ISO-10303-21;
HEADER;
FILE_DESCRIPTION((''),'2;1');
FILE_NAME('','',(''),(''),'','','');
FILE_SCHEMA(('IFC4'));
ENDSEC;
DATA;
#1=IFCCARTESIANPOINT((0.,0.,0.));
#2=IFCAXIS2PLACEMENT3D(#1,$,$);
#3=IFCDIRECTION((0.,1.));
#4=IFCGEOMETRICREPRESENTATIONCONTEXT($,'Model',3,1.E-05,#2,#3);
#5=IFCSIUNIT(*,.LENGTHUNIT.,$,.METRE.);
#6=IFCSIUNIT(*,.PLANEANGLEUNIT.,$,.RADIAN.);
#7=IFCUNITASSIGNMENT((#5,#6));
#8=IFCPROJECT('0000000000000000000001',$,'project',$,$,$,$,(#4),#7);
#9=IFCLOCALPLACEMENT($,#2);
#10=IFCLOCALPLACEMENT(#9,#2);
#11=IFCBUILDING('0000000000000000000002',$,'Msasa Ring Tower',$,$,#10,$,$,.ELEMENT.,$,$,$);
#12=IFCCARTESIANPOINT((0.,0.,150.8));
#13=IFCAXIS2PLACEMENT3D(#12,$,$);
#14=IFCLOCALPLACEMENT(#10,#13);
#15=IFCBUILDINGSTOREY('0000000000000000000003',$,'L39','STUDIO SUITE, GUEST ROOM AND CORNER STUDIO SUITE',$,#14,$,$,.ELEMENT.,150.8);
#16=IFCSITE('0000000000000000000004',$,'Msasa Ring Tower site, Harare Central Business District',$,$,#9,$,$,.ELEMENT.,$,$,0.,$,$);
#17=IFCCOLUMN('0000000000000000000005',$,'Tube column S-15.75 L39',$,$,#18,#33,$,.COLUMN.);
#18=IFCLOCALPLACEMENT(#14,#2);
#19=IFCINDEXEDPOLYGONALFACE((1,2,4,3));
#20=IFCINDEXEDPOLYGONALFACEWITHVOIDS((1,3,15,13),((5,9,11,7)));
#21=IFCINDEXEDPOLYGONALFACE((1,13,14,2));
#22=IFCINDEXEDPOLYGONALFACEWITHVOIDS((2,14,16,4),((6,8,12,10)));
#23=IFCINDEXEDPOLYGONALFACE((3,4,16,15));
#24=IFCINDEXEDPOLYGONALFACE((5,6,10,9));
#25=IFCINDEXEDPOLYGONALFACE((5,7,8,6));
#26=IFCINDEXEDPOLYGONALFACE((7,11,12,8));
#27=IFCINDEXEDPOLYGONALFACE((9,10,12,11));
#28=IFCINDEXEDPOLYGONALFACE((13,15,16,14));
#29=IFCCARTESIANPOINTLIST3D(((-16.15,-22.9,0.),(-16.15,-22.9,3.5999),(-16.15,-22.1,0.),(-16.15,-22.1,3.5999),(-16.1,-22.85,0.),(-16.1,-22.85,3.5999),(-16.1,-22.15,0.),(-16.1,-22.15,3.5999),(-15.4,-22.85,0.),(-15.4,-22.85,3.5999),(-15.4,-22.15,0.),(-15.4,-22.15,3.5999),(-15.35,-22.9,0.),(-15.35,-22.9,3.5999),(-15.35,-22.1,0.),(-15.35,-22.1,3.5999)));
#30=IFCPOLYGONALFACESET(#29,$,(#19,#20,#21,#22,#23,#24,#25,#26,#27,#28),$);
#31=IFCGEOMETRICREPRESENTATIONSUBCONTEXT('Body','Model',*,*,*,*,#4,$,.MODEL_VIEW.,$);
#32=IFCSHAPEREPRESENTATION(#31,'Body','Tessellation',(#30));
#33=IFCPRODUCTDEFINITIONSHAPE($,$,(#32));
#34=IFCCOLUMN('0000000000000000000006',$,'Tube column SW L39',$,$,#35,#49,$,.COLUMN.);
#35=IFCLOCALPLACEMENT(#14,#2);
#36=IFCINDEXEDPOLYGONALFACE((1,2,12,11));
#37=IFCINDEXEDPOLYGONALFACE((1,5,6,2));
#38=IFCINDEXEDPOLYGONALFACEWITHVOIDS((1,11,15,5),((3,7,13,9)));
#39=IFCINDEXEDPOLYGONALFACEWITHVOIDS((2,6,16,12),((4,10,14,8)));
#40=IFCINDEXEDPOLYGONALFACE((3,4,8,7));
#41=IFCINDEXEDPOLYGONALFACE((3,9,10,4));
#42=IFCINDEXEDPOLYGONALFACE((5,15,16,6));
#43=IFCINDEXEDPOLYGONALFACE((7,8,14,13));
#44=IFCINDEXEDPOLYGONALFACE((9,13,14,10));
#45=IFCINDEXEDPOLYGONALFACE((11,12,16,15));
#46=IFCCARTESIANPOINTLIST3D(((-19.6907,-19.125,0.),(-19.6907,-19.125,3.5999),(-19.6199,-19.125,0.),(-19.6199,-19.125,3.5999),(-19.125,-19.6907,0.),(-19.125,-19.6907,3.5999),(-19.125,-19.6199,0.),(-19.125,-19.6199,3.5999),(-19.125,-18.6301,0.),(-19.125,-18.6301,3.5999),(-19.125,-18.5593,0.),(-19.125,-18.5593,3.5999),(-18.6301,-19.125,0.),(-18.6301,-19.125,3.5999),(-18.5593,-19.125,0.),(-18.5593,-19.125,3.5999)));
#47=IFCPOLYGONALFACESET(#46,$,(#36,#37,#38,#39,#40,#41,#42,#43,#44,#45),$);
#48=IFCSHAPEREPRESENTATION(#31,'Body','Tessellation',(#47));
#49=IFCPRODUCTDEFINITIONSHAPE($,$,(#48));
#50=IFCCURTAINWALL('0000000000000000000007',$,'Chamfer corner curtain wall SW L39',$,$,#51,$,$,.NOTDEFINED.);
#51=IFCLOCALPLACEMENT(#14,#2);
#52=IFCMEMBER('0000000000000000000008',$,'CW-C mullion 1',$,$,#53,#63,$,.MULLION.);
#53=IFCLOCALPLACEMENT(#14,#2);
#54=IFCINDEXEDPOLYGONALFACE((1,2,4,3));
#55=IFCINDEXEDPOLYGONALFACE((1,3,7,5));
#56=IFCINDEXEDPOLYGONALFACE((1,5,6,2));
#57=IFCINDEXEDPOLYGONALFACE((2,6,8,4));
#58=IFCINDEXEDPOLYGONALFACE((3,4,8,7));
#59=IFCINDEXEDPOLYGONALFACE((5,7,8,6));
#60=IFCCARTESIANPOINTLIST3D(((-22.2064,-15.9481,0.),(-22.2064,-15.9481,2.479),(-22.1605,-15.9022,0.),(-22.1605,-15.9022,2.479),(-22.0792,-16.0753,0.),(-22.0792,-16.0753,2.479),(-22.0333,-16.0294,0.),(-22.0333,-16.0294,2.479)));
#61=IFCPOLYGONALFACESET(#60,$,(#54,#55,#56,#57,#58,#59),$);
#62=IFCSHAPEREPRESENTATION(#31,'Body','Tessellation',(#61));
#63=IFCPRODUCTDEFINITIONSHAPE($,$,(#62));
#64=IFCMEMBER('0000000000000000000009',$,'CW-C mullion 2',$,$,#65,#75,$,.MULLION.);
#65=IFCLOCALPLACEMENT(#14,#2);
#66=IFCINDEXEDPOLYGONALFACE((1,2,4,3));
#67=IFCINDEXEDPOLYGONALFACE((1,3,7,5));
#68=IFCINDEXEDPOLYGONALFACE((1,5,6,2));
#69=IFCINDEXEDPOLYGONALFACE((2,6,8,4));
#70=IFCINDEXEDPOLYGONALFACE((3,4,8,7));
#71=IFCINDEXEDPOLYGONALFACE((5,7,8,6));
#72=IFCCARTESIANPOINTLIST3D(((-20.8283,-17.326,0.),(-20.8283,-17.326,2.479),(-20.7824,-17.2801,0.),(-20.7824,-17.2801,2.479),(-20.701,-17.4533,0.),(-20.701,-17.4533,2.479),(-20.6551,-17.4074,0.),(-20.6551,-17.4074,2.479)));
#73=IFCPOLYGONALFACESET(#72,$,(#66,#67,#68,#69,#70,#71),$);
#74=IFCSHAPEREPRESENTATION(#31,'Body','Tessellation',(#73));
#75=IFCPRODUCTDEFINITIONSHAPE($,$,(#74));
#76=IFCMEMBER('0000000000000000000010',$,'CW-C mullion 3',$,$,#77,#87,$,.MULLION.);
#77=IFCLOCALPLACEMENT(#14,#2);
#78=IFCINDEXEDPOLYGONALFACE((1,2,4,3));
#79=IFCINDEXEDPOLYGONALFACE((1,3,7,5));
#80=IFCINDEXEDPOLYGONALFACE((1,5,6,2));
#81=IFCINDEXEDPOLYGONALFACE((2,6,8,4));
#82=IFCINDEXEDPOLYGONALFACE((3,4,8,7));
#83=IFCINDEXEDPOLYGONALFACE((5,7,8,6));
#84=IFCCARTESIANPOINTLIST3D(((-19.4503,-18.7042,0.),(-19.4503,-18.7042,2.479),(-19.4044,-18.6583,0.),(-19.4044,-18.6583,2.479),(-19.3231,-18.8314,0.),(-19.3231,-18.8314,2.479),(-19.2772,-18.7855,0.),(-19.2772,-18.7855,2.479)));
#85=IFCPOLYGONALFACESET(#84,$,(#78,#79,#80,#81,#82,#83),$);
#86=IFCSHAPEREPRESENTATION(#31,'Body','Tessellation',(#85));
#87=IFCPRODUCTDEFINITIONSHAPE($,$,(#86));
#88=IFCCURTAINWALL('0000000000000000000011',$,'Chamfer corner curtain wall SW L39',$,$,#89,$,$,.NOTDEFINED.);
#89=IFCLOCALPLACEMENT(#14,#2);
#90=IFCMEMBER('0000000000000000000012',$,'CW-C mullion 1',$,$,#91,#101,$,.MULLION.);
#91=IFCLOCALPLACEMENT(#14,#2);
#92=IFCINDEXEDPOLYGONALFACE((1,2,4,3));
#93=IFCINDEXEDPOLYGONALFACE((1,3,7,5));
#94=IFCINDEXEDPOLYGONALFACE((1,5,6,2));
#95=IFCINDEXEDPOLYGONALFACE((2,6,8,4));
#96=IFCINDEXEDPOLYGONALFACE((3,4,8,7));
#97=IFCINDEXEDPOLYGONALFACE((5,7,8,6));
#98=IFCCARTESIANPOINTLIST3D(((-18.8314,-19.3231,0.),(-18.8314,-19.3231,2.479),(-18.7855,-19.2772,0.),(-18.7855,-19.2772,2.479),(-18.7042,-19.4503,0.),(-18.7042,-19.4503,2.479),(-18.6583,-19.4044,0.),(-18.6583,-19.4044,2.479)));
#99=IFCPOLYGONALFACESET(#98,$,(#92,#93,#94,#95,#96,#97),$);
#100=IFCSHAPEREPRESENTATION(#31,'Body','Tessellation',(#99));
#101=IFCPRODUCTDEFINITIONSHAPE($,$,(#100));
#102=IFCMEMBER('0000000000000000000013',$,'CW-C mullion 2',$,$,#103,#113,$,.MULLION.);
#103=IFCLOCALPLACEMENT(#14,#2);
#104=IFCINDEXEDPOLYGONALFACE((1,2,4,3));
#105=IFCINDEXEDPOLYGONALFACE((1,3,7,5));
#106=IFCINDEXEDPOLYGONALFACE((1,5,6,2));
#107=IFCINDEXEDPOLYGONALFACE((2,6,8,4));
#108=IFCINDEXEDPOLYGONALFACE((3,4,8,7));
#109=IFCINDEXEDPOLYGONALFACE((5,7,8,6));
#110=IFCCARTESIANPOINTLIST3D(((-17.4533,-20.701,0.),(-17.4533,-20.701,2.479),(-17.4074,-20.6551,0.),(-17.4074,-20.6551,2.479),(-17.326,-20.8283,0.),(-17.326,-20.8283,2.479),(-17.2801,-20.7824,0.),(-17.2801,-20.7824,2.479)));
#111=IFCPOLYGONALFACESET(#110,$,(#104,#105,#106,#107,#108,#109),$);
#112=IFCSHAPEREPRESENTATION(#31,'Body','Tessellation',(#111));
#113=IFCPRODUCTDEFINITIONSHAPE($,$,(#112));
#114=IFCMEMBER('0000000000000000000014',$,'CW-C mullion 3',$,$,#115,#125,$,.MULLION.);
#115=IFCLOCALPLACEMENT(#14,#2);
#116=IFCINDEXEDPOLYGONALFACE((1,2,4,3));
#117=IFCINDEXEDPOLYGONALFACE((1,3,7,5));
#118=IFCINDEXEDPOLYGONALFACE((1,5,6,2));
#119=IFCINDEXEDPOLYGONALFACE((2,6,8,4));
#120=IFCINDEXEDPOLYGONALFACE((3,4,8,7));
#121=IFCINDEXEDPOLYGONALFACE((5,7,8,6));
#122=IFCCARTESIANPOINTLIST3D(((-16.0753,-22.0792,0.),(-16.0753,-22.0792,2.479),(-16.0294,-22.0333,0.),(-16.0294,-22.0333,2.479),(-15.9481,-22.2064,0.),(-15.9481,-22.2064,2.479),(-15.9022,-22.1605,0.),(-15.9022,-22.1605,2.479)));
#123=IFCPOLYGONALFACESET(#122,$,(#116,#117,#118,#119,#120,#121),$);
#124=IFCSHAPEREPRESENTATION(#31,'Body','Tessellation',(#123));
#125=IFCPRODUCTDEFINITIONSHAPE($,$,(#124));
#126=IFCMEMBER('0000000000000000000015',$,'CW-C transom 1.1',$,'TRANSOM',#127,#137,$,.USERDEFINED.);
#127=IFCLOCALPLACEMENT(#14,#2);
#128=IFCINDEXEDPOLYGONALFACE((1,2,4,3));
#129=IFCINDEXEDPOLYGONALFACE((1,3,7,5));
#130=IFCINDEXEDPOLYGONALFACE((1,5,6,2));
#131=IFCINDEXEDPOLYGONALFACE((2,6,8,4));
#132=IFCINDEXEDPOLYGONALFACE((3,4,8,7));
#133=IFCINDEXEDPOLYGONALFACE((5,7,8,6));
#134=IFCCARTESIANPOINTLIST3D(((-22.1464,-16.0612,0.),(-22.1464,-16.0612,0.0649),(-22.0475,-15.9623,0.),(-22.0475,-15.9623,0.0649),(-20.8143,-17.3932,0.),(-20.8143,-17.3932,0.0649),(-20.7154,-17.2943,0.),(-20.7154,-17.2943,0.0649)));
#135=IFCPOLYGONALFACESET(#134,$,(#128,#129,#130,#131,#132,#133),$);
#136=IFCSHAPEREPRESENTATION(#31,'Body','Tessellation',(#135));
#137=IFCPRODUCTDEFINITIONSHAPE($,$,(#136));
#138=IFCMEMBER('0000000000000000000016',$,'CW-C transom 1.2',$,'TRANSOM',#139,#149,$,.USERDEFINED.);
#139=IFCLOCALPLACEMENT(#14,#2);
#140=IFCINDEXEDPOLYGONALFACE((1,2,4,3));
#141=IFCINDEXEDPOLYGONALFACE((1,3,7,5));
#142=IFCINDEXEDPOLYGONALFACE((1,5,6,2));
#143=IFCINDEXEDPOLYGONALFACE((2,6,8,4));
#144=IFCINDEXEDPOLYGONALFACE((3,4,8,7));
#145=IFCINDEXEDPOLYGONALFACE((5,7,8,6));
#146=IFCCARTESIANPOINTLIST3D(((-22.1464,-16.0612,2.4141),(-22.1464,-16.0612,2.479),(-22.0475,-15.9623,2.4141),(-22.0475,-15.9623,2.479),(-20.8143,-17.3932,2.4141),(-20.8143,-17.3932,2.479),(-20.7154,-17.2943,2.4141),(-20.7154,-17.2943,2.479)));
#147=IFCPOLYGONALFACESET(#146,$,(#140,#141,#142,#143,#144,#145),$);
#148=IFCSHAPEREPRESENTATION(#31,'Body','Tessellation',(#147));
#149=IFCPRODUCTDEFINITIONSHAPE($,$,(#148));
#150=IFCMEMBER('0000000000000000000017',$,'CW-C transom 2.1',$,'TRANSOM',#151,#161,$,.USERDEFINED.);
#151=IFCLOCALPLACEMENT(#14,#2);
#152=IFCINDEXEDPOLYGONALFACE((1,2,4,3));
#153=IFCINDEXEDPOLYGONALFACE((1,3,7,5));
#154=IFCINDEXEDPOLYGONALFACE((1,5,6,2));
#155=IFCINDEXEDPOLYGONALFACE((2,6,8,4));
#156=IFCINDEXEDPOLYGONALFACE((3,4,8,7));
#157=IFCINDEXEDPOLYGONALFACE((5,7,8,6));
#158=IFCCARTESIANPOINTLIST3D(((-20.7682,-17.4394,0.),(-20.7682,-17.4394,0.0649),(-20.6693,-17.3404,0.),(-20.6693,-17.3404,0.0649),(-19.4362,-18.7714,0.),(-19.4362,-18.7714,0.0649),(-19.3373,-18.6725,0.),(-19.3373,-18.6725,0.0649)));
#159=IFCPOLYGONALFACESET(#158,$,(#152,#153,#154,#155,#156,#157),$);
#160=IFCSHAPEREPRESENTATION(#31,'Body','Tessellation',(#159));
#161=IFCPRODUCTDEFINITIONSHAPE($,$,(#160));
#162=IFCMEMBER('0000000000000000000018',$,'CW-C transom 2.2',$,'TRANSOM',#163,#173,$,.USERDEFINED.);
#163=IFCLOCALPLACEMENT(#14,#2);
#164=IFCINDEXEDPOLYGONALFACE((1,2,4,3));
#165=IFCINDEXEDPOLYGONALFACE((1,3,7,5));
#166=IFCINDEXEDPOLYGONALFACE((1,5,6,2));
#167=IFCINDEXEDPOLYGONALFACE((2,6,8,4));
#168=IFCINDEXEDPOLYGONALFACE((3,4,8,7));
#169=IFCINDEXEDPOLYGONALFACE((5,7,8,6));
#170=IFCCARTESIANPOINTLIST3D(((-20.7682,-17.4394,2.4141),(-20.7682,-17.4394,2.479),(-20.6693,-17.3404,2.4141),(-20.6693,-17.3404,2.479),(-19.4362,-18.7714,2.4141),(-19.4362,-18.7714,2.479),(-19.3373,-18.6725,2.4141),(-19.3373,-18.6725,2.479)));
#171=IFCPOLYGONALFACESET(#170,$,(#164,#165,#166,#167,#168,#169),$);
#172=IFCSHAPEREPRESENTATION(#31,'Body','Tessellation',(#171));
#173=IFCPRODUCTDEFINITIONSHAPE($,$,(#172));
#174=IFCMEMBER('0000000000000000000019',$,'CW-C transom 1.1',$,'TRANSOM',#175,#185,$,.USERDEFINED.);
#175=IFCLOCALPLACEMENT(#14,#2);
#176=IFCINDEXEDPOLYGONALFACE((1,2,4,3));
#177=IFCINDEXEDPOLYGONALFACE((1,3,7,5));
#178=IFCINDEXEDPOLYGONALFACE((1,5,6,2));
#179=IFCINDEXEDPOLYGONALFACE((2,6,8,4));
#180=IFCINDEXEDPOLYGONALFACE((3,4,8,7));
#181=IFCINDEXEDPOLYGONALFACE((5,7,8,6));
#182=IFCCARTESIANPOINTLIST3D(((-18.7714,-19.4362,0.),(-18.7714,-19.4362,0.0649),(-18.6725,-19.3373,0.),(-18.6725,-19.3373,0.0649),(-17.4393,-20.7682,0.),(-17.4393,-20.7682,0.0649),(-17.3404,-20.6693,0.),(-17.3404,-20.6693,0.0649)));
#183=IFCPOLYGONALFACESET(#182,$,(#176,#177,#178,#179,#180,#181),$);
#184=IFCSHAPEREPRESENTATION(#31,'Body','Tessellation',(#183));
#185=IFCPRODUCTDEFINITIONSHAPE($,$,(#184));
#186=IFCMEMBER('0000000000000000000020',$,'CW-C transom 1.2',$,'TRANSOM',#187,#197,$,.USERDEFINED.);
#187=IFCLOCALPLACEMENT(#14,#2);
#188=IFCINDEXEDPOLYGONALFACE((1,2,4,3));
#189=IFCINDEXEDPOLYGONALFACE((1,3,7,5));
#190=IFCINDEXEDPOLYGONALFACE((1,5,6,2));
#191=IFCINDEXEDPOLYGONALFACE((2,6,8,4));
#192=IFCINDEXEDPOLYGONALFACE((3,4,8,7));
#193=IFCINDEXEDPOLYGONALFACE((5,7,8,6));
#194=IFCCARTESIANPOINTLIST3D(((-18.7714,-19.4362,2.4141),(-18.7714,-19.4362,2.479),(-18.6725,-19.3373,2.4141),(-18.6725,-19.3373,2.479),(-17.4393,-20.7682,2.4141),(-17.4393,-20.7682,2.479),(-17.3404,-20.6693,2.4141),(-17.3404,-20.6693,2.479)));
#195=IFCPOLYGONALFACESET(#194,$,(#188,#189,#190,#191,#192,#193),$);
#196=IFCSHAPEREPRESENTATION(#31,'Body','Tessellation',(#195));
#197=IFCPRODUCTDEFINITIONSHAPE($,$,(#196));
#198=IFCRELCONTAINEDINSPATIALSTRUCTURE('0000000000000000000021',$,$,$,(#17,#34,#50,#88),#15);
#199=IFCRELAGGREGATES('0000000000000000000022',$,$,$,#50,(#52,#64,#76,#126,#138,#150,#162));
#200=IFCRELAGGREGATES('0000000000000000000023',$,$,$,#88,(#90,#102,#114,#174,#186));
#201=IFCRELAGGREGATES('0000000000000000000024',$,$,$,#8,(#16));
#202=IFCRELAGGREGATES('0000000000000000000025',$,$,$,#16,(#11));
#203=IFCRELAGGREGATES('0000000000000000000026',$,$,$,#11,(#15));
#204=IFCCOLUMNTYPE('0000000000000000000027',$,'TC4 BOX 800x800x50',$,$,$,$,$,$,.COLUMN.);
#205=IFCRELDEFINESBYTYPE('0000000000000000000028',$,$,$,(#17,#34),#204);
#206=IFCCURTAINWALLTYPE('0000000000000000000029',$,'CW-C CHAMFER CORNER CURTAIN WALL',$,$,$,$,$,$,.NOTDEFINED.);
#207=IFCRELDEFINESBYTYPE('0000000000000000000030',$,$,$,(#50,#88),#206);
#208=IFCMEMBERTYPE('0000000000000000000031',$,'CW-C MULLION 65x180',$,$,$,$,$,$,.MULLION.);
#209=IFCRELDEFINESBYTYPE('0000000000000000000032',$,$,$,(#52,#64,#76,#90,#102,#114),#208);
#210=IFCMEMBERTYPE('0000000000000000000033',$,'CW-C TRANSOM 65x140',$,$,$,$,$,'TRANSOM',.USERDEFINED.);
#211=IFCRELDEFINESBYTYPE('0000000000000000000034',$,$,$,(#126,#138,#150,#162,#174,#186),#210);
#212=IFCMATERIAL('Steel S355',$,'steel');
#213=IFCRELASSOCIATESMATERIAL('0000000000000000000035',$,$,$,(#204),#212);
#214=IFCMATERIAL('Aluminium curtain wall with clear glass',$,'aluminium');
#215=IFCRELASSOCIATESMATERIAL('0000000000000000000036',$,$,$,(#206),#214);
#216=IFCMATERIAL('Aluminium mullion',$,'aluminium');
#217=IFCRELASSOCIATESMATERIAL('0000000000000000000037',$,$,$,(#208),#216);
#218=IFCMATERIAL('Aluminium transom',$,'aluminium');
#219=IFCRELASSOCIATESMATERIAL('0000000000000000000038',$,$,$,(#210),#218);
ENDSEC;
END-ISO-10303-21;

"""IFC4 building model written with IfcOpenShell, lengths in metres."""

from ifc_helpers import new_model, si_unit, direction, frame, origin, origin_2d, place, context, subcontext, project, spatial, rectangle, hollow_rectangle, extrude, material, material_profile, profile_set, type_object, element, aggregate, save


model = new_model("IFC4")

# Units and contexts
model_context = context("Model", 3, precision=1e-05, world=origin(), true_north=direction((0.0, 1.0)))
body_context = subcontext(model_context, "Body", "Model", "MODEL_VIEW")
ifc_project = project(units=[si_unit("LENGTHUNIT", "METRE"), si_unit("PLANEANGLEUNIT", "RADIAN")], contexts=[model_context])

# Site, building, storey
site_placement = place(None, origin())
site = spatial("IfcSite", under=ifc_project, at=site_placement, Name="Msasa Ring Tower site, Harare Central Business District", CompositionType="ELEMENT", RefElevation=0.0)
building_placement = place(site_placement, origin())
building = spatial("IfcBuilding", under=site, at=building_placement, Name="Msasa Ring Tower", CompositionType="ELEMENT")
storey_placement = place(building_placement, frame((0.0, 0.0, 150.8)))
storey = spatial("IfcBuildingStorey", under=building, at=storey_placement, Name="L39", Description="STUDIO SUITE, GUEST ROOM AND CORNER STUDIO SUITE", CompositionType="ELEMENT", Elevation=150.8)

# Columns
ifc_material_1 = material(Name="Steel S355", Category="steel")
ifc_material_profile_1 = material_profile(ifc_material_1, hollow_rectangle(XDim=0.8, YDim=0.8, WallThickness=0.05, at=origin_2d()), Name="BOX 800x800x50")
ifc_profile_set_1 = profile_set([ifc_material_profile_1], Name="Steel S355")
column_type = type_object("IfcColumnType", Name="TC4 BOX 800x800x50", PredefinedType="COLUMN", material=ifc_profile_set_1)
for number, where, z_axis, x_axis, name in (
    (1, (-15.75, -22.5, 0.0), (0.0, 0.0, 1.0), (0.0, 1.0, 0.0), "Tube column S-15.75 L39"),
    (2, (-19.125, -19.125, 0.0), (0.0, 0.0, 1.0), (0.707107, 0.707107, 0.0), "Tube column SW L39"),
):
    element("IfcColumn", number, at=place(storey_placement, frame(where, z_axis=z_axis, x_axis=x_axis)), inside=storey, type_object=column_type, Name=name, PredefinedType="COLUMN", context=body_context, shape_type="SweptSolid", body=[
        extrude(hollow_rectangle(XDim=0.8, YDim=0.8, WallThickness=0.05, at=origin_2d()), origin(), (0.0, 0.0, 1.0), 3.5999),
    ])

# Curtain walls, members
ifc_material_2 = material(Name="Aluminium curtain wall with clear glass", Category="aluminium")
curtain_wall_type = type_object("IfcCurtainWallType", Name="CW-C CHAMFER CORNER CURTAIN WALL", PredefinedType="NOTDEFINED", material=ifc_material_2)
curtain_wall_1_placement = place(storey_placement, origin())
curtain_wall_1 = element("IfcCurtainWall", 3, at=curtain_wall_1_placement, inside=storey, type_object=curtain_wall_type, Name="Chamfer corner curtain wall SW L39", PredefinedType="NOTDEFINED")
ifc_material_3 = material(Name="Aluminium mullion", Category="aluminium")
ifc_material_profile_2 = material_profile(ifc_material_3, rectangle(XDim=0.0649, YDim=0.1799, at=origin_2d()), Name="AL 65x180")
ifc_profile_set_2 = profile_set([ifc_material_profile_2], Name="Aluminium mullion")
member_type_1 = type_object("IfcMemberType", Name="CW-C MULLION 65x180", PredefinedType="MULLION", material=ifc_profile_set_2)
member_1_placement = place(storey_placement, frame((-22.1199, -15.9888, 0.0), z_axis=(0.0, 0.0, 1.0), x_axis=(0.707107, 0.707107, 0.0)))
member_1 = element("IfcMember", 4, at=member_1_placement, type_object=member_type_1, Name="CW-C mullion 1", PredefinedType="MULLION", context=body_context, shape_type="SweptSolid", body=[
    extrude(rectangle(XDim=0.0649, YDim=0.1799, at=origin_2d()), origin(), (0.0, 0.0, 1.0), 2.479),
])
member_2_placement = place(storey_placement, frame((-20.7417, -17.3667, 0.0), z_axis=(0.0, 0.0, 1.0), x_axis=(0.707107, 0.707107, 0.0)))
member_2 = element("IfcMember", 5, at=member_2_placement, type_object=member_type_1, Name="CW-C mullion 2", PredefinedType="MULLION", context=body_context, shape_type="SweptSolid", body=[
    extrude(rectangle(XDim=0.0649, YDim=0.1799, at=origin_2d()), origin(), (0.0, 0.0, 1.0), 2.479),
])
member_3_placement = place(storey_placement, frame((-19.3638, -18.7449, 0.0), z_axis=(0.0, 0.0, 1.0), x_axis=(0.707107, 0.707107, 0.0)))
member_3 = element("IfcMember", 6, at=member_3_placement, type_object=member_type_1, Name="CW-C mullion 3", PredefinedType="MULLION", context=body_context, shape_type="SweptSolid", body=[
    extrude(rectangle(XDim=0.0649, YDim=0.1799, at=origin_2d()), origin(), (0.0, 0.0, 1.0), 2.479),
])
curtain_wall_2_placement = place(storey_placement, origin())
curtain_wall_2 = element("IfcCurtainWall", 7, at=curtain_wall_2_placement, inside=storey, type_object=curtain_wall_type, Name="Chamfer corner curtain wall SW L39", PredefinedType="NOTDEFINED")
member_4_placement = place(storey_placement, frame((-18.7449, -19.3638, 0.0), z_axis=(0.0, 0.0, 1.0), x_axis=(0.707107, 0.707107, 0.0)))
member_4 = element("IfcMember", 8, at=member_4_placement, type_object=member_type_1, Name="CW-C mullion 1", PredefinedType="MULLION", context=body_context, shape_type="SweptSolid", body=[
    extrude(rectangle(XDim=0.0649, YDim=0.1799, at=origin_2d()), origin(), (0.0, 0.0, 1.0), 2.479),
])
member_5_placement = place(storey_placement, frame((-17.3667, -20.7417, 0.0), z_axis=(0.0, 0.0, 1.0), x_axis=(0.707107, 0.707107, 0.0)))
member_5 = element("IfcMember", 9, at=member_5_placement, type_object=member_type_1, Name="CW-C mullion 2", PredefinedType="MULLION", context=body_context, shape_type="SweptSolid", body=[
    extrude(rectangle(XDim=0.0649, YDim=0.1799, at=origin_2d()), origin(), (0.0, 0.0, 1.0), 2.479),
])
member_6_placement = place(storey_placement, frame((-15.9888, -22.1199, 0.0), z_axis=(0.0, 0.0, 1.0), x_axis=(0.707107, 0.707107, 0.0)))
member_6 = element("IfcMember", 10, at=member_6_placement, type_object=member_type_1, Name="CW-C mullion 3", PredefinedType="MULLION", context=body_context, shape_type="SweptSolid", body=[
    extrude(rectangle(XDim=0.0649, YDim=0.1799, at=origin_2d()), origin(), (0.0, 0.0, 1.0), 2.479),
])

# Members
ifc_material_4 = material(Name="Aluminium transom", Category="aluminium")
ifc_material_profile_3 = material_profile(ifc_material_4, rectangle(XDim=0.1399, YDim=0.0649, at=origin_2d()), Name="AL 65x140")
ifc_profile_set_3 = profile_set([ifc_material_profile_3], Name="Aluminium transom")
member_type_2 = type_object("IfcMemberType", Name="CW-C TRANSOM 65x140", ElementType="TRANSOM", PredefinedType="USERDEFINED", material=ifc_profile_set_3)
member_7_placement = place(storey_placement, frame((-22.0969, -16.0117, 0.0325), z_axis=(0.707107, -0.707107, 0.0), x_axis=(0.707107, 0.707107, 0.0)))
member_7 = element("IfcMember", 11, at=member_7_placement, type_object=member_type_2, Name="CW-C transom 1.1", ObjectType="TRANSOM", PredefinedType="USERDEFINED", context=body_context, shape_type="SweptSolid", body=[
    extrude(rectangle(XDim=0.1399, YDim=0.0649, at=origin_2d()), origin(), (0.0, 0.0, 1.0), 1.8838),
])
member_8_placement = place(storey_placement, frame((-22.0969, -16.0117, 2.4465), z_axis=(0.707107, -0.707107, 0.0), x_axis=(0.707107, 0.707107, 0.0)))
member_8 = element("IfcMember", 12, at=member_8_placement, type_object=member_type_2, Name="CW-C transom 1.2", ObjectType="TRANSOM", PredefinedType="USERDEFINED", context=body_context, shape_type="SweptSolid", body=[
    extrude(rectangle(XDim=0.1399, YDim=0.0649, at=origin_2d()), origin(), (0.0, 0.0, 1.0), 1.8838),
])
member_9_placement = place(storey_placement, frame((-20.7188, -17.3899, 0.0325), z_axis=(0.707107, -0.707107, 0.0), x_axis=(0.707107, 0.707107, 0.0)))
member_9 = element("IfcMember", 13, at=member_9_placement, type_object=member_type_2, Name="CW-C transom 2.1", ObjectType="TRANSOM", PredefinedType="USERDEFINED", context=body_context, shape_type="SweptSolid", body=[
    extrude(rectangle(XDim=0.1399, YDim=0.0649, at=origin_2d()), origin(), (0.0, 0.0, 1.0), 1.8838),
])
member_10_placement = place(storey_placement, frame((-20.7188, -17.3899, 2.4465), z_axis=(0.707107, -0.707107, 0.0), x_axis=(0.707107, 0.707107, 0.0)))
member_10 = element("IfcMember", 14, at=member_10_placement, type_object=member_type_2, Name="CW-C transom 2.2", ObjectType="TRANSOM", PredefinedType="USERDEFINED", context=body_context, shape_type="SweptSolid", body=[
    extrude(rectangle(XDim=0.1399, YDim=0.0649, at=origin_2d()), origin(), (0.0, 0.0, 1.0), 1.8838),
])
member_11_placement = place(storey_placement, frame((-18.7219, -19.3867, 0.0325), z_axis=(0.707107, -0.707107, 0.0), x_axis=(0.707107, 0.707107, 0.0)))
member_11 = element("IfcMember", 15, at=member_11_placement, type_object=member_type_2, Name="CW-C transom 1.1", ObjectType="TRANSOM", PredefinedType="USERDEFINED", context=body_context, shape_type="SweptSolid", body=[
    extrude(rectangle(XDim=0.1399, YDim=0.0649, at=origin_2d()), origin(), (0.0, 0.0, 1.0), 1.8838),
])
member_12_placement = place(storey_placement, frame((-18.7219, -19.3867, 2.4465), z_axis=(0.707107, -0.707107, 0.0), x_axis=(0.707107, 0.707107, 0.0)))
member_12 = element("IfcMember", 16, at=member_12_placement, type_object=member_type_2, Name="CW-C transom 1.2", ObjectType="TRANSOM", PredefinedType="USERDEFINED", context=body_context, shape_type="SweptSolid", body=[
    extrude(rectangle(XDim=0.1399, YDim=0.0649, at=origin_2d()), origin(), (0.0, 0.0, 1.0), 1.8838),
])

aggregate(curtain_wall_1, [member_1, member_2, member_3, member_7, member_8, member_9, member_10])
aggregate(curtain_wall_2, [member_4, member_5, member_6, member_11, member_12])

save(model, "model.ifc")
